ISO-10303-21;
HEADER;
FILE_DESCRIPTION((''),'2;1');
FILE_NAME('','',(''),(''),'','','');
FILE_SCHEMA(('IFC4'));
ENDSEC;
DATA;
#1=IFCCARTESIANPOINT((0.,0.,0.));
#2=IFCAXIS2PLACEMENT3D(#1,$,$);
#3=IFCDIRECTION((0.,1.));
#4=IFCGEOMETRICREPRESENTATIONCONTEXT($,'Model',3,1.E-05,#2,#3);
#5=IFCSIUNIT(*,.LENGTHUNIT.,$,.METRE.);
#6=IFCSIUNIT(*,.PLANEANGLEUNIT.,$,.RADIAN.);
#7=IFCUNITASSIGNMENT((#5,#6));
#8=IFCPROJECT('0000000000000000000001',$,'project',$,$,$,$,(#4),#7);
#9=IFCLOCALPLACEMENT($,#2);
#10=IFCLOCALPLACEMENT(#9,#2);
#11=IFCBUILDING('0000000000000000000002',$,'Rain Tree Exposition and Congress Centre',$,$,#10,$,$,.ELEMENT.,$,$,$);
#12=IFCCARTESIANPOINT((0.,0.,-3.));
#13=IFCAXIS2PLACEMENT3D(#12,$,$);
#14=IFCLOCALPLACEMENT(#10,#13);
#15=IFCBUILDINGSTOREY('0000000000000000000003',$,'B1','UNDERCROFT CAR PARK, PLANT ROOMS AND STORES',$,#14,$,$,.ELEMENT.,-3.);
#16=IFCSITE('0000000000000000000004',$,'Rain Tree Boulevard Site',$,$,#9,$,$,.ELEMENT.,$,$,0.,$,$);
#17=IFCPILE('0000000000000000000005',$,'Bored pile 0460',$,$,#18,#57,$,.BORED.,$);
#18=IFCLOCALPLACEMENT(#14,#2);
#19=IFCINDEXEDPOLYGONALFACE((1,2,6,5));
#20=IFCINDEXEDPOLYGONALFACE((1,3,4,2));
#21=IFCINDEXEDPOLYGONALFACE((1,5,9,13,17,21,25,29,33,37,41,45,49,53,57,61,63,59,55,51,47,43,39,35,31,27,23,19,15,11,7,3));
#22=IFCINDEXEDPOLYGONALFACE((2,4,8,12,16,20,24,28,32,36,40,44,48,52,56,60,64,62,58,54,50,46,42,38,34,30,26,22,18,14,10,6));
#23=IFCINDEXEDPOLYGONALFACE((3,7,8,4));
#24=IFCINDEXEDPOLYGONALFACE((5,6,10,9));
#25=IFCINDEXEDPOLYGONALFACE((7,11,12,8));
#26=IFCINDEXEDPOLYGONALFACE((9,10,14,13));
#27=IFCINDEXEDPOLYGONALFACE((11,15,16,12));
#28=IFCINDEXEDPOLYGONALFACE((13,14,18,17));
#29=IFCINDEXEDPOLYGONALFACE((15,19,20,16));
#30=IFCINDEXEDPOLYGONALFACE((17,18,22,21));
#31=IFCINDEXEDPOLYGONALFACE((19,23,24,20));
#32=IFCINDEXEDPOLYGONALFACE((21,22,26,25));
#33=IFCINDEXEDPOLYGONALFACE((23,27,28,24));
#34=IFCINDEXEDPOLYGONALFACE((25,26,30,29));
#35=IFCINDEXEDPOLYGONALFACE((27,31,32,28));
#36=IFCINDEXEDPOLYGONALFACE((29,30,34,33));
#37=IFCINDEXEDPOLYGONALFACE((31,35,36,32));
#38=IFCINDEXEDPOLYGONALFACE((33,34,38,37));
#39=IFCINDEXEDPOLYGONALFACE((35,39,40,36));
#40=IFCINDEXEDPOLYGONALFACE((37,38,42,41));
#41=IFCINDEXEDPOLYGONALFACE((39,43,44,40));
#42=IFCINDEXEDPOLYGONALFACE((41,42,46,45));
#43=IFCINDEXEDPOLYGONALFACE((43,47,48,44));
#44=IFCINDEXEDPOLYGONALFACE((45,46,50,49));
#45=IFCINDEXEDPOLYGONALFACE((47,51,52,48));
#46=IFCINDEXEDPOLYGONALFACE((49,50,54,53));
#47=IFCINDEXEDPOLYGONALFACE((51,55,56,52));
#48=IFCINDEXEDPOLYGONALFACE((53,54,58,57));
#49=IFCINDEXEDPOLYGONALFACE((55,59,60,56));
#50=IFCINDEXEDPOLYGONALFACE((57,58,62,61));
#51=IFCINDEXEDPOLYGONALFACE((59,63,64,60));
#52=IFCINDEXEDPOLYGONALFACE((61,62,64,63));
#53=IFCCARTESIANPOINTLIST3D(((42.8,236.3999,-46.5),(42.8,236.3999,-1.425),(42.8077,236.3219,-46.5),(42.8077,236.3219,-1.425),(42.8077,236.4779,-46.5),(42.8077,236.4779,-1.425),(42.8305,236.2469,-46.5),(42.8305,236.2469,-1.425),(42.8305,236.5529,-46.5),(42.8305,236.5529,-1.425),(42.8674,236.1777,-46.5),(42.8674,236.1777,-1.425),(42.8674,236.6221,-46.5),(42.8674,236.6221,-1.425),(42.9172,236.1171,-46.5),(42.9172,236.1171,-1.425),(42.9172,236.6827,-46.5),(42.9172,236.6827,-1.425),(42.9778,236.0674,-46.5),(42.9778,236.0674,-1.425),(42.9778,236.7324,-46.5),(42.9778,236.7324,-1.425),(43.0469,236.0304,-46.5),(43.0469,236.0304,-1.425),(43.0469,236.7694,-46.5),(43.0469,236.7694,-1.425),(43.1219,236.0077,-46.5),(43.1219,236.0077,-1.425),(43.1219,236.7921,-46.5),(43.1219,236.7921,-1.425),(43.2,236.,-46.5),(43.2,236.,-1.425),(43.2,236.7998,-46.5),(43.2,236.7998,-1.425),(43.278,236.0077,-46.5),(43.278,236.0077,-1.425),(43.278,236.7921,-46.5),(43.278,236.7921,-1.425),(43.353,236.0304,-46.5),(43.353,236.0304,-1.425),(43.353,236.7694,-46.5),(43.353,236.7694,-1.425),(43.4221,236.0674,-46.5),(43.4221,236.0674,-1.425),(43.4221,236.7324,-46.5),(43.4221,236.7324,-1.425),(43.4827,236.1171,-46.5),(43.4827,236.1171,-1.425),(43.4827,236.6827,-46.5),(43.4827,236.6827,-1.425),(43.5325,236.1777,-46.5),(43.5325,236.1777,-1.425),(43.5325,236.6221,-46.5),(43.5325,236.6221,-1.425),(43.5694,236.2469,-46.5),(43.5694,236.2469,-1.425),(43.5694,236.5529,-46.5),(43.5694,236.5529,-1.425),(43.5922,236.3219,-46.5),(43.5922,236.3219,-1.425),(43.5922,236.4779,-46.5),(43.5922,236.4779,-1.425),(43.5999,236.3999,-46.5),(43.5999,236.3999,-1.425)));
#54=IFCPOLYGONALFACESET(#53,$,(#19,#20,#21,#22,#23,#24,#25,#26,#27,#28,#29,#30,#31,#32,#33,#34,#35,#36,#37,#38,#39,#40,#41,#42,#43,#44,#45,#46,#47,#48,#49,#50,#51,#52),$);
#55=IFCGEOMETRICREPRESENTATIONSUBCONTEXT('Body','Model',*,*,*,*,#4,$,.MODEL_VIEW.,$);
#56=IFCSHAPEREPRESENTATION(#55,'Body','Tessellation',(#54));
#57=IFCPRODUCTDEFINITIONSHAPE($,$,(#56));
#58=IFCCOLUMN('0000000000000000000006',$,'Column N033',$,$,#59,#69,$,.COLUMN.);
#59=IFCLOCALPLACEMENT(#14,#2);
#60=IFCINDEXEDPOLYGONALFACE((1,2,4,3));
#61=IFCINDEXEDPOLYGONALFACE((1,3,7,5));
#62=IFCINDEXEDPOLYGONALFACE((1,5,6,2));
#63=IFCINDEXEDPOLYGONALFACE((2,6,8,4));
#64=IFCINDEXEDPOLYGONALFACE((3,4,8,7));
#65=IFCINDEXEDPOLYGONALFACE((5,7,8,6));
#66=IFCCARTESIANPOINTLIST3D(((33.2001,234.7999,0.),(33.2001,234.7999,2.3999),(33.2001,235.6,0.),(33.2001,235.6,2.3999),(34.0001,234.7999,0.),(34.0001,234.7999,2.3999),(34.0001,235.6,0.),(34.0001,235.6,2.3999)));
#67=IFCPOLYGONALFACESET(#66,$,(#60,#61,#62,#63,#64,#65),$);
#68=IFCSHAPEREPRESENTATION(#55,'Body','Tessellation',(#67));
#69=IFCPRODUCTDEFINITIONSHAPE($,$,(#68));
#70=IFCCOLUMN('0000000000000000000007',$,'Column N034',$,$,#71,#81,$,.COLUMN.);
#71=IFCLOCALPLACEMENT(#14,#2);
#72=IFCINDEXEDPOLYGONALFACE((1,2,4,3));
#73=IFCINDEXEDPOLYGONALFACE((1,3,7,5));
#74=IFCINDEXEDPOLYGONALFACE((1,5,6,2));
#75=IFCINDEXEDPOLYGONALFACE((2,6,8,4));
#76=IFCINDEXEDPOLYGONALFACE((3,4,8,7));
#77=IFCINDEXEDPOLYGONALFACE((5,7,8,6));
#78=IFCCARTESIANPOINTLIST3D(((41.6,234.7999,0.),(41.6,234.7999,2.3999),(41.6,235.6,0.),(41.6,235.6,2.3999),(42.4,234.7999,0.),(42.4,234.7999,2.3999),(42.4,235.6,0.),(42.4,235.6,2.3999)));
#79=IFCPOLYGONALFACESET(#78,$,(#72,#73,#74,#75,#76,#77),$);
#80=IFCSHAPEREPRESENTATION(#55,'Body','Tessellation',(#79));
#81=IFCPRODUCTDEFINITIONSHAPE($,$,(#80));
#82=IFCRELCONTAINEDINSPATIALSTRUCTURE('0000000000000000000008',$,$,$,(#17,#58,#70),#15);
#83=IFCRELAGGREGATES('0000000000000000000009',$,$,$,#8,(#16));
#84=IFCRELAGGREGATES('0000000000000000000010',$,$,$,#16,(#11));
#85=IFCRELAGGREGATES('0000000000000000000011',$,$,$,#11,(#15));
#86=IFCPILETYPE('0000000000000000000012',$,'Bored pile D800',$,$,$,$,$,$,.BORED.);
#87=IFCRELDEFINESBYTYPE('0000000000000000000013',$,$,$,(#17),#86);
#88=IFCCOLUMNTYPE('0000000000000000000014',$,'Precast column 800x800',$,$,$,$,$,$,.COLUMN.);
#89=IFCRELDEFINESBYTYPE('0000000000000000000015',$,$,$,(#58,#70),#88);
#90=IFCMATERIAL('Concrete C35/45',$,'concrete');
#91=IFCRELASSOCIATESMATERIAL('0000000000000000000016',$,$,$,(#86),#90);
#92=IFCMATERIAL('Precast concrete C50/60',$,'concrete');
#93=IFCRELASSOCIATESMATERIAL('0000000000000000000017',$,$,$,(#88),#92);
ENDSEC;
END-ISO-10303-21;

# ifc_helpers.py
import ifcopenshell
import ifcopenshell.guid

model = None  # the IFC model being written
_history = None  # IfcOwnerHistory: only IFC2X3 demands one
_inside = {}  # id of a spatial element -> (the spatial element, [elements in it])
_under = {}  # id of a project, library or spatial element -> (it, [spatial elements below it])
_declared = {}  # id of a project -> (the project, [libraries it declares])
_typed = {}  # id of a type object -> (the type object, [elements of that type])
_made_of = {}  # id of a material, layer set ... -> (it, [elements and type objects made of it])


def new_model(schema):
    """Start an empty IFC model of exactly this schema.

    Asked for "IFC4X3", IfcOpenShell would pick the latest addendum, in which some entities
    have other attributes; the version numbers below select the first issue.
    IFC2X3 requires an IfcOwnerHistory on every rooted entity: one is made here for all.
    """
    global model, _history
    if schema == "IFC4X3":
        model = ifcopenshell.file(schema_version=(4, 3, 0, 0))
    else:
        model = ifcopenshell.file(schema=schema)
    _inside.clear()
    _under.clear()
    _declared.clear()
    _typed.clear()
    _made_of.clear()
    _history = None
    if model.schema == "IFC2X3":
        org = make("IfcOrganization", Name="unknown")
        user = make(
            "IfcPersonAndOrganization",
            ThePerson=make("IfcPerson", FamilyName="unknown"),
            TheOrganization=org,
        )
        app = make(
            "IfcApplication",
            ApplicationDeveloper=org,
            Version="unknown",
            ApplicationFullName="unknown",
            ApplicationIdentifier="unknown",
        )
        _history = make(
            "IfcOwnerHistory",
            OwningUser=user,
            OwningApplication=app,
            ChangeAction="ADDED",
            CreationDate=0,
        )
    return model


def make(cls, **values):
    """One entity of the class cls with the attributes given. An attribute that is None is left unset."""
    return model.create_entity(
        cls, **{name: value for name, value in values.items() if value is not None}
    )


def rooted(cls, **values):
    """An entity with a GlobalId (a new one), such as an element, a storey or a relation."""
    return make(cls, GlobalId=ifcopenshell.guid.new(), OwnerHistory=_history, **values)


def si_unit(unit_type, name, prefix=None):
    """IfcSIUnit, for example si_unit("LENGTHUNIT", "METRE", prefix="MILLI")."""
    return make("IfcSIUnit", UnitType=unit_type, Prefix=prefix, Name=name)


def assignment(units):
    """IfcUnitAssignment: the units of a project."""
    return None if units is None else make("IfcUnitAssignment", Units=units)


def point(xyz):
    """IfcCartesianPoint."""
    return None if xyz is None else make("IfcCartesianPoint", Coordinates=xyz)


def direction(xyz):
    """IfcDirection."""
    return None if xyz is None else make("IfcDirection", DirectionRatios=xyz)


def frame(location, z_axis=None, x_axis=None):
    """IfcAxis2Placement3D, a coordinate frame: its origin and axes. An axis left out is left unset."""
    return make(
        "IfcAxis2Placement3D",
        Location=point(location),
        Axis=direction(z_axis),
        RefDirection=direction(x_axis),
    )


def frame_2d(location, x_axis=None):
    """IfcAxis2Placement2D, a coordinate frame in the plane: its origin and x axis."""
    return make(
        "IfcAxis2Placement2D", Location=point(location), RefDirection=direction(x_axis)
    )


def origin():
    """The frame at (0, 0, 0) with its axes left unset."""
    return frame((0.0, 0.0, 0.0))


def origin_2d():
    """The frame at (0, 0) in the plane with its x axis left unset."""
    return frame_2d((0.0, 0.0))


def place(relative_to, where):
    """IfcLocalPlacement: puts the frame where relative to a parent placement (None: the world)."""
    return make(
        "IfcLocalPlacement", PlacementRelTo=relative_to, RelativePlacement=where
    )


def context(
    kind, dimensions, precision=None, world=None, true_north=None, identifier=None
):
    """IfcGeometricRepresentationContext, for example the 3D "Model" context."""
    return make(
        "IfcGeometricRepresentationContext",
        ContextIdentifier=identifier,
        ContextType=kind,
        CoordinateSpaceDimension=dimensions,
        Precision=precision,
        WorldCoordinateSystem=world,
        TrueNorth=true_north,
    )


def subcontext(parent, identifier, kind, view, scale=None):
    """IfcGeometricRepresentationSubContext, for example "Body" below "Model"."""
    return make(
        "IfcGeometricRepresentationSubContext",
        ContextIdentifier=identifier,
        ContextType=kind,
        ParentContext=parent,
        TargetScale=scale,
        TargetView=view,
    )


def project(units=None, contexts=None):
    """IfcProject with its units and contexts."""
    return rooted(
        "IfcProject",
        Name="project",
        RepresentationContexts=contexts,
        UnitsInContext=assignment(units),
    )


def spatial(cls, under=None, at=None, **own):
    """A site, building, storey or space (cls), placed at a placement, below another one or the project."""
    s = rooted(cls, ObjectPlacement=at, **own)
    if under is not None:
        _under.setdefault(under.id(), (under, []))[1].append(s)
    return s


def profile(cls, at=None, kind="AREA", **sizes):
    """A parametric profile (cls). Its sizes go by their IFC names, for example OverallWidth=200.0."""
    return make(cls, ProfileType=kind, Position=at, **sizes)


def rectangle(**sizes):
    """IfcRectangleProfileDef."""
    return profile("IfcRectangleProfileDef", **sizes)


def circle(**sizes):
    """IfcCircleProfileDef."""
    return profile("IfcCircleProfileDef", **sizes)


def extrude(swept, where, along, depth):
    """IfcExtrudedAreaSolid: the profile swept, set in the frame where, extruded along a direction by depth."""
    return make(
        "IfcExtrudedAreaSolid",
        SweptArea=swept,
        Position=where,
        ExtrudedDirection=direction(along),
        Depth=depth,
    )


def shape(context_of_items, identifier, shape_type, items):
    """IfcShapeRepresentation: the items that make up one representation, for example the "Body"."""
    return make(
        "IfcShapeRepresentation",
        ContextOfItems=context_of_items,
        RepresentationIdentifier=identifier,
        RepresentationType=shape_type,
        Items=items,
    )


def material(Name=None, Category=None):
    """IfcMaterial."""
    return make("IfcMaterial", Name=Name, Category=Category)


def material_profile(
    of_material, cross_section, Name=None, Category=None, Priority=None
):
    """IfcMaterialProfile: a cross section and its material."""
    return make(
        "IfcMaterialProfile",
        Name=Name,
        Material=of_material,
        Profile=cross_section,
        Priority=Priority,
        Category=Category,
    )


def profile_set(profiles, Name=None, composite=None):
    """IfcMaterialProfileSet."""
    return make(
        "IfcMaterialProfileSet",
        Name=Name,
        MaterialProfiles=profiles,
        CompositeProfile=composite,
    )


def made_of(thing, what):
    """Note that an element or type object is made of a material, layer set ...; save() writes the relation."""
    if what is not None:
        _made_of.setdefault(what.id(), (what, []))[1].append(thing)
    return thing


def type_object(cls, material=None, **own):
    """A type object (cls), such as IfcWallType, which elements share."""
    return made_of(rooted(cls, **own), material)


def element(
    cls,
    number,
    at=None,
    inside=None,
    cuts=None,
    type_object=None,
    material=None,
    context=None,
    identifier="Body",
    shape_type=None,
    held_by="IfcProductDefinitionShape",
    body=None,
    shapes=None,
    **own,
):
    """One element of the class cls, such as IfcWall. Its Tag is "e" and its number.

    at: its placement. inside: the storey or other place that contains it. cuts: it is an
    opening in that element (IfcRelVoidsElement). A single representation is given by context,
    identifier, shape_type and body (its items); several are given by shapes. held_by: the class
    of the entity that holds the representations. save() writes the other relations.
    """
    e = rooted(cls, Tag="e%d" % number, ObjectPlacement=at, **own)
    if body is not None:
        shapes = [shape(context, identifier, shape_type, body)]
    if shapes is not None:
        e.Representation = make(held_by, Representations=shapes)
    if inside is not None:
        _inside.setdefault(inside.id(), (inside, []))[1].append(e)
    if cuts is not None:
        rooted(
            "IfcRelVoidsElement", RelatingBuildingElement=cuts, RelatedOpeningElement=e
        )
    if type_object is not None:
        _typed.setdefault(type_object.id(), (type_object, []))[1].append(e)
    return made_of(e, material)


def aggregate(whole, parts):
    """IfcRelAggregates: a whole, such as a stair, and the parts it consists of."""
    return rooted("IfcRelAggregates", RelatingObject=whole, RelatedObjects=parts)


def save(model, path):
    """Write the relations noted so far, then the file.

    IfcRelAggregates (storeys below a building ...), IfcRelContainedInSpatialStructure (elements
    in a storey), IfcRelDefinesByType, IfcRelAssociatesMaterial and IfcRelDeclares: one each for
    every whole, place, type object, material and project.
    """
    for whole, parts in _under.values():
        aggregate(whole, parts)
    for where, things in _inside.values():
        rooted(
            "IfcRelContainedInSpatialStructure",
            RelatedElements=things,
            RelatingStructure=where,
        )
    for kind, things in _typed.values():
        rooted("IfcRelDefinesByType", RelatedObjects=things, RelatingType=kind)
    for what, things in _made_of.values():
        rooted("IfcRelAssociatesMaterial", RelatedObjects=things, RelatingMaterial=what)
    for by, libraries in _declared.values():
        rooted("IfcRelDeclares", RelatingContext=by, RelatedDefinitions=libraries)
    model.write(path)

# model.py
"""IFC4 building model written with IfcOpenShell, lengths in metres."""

from ifc_helpers import new_model, si_unit, direction, frame, origin, origin_2d, place, context, subcontext, project, spatial, rectangle, circle, extrude, material, material_profile, profile_set, type_object, element, save


model = new_model("IFC4")

# Units and contexts
model_context = context("Model", 3, precision=1e-05, world=origin(), true_north=direction((0.0, 1.0)))
body_context = subcontext(model_context, "Body", "Model", "MODEL_VIEW")
ifc_project = project(units=[si_unit("LENGTHUNIT", "METRE"), si_unit("PLANEANGLEUNIT", "RADIAN")], contexts=[model_context])

# Site, building, storey
site_placement = place(None, origin())
site = spatial("IfcSite", under=ifc_project, at=site_placement, Name="Rain Tree Boulevard Site", CompositionType="ELEMENT", RefElevation=0.0)
building_placement = place(site_placement, origin())
building = spatial("IfcBuilding", under=site, at=building_placement, Name="Rain Tree Exposition and Congress Centre", CompositionType="ELEMENT")
storey_placement = place(building_placement, frame((0.0, 0.0, -3.0)))
storey = spatial("IfcBuildingStorey", under=building, at=storey_placement, Name="B1", Description="UNDERCROFT CAR PARK, PLANT ROOMS AND STORES", CompositionType="ELEMENT", Elevation=-3.0)

# Pile
ifc_material_1 = material(Name="Concrete C35/45", Category="concrete")
ifc_material_profile_1 = material_profile(ifc_material_1, circle(Radius=0.3999, at=origin_2d()), Name="D800")
ifc_profile_set_1 = profile_set([ifc_material_profile_1], Name="Concrete C35/45")
pile_type_1 = type_object("IfcPileType", Name="Bored pile D800", PredefinedType="BORED", material=ifc_profile_set_1)
for number, where, z_axis, x_axis, name in (
    (1, (43.2, 236.3999, -1.425), (0.0, 0.0, -1.0), (1.0, 0.0, 0.0), "Bored pile 0460"),
):
    element("IfcPile", number, at=place(storey_placement, frame(where, z_axis=z_axis, x_axis=x_axis)), inside=storey, type_object=pile_type_1, Name=name, PredefinedType="BORED", context=body_context, shape_type="SweptSolid", body=[
        extrude(circle(Radius=0.3999, at=origin_2d()), origin(), (0.0, 0.0, 1.0), 45.075),
    ])

# Columns
ifc_material_2 = material(Name="Precast concrete C50/60", Category="concrete")
ifc_material_profile_2 = material_profile(ifc_material_2, rectangle(XDim=0.8, YDim=0.8, at=origin_2d()), Name="RC 800x800")
ifc_profile_set_2 = profile_set([ifc_material_profile_2], Name="Precast concrete C50/60")
column_type = type_object("IfcColumnType", Name="Precast column 800x800", PredefinedType="COLUMN", material=ifc_profile_set_2)
for number, where, z_axis, x_axis, name in (
    (2, (33.6001, 235.2, 0.0), (0.0, 0.0, 1.0), (1.0, 0.0, 0.0), "Column N033"),
    (3, (42.0, 235.2, 0.0), (0.0, 0.0, 1.0), (1.0, 0.0, 0.0), "Column N034"),
):
    element("IfcColumn", number, at=place(storey_placement, frame(where, z_axis=z_axis, x_axis=x_axis)), inside=storey, type_object=column_type, Name=name, PredefinedType="COLUMN", context=body_context, shape_type="SweptSolid", body=[
        extrude(rectangle(XDim=0.8, YDim=0.8, at=origin_2d()), origin(), (0.0, 0.0, 1.0), 2.3999),
    ])

save(model, "model.ifc")
